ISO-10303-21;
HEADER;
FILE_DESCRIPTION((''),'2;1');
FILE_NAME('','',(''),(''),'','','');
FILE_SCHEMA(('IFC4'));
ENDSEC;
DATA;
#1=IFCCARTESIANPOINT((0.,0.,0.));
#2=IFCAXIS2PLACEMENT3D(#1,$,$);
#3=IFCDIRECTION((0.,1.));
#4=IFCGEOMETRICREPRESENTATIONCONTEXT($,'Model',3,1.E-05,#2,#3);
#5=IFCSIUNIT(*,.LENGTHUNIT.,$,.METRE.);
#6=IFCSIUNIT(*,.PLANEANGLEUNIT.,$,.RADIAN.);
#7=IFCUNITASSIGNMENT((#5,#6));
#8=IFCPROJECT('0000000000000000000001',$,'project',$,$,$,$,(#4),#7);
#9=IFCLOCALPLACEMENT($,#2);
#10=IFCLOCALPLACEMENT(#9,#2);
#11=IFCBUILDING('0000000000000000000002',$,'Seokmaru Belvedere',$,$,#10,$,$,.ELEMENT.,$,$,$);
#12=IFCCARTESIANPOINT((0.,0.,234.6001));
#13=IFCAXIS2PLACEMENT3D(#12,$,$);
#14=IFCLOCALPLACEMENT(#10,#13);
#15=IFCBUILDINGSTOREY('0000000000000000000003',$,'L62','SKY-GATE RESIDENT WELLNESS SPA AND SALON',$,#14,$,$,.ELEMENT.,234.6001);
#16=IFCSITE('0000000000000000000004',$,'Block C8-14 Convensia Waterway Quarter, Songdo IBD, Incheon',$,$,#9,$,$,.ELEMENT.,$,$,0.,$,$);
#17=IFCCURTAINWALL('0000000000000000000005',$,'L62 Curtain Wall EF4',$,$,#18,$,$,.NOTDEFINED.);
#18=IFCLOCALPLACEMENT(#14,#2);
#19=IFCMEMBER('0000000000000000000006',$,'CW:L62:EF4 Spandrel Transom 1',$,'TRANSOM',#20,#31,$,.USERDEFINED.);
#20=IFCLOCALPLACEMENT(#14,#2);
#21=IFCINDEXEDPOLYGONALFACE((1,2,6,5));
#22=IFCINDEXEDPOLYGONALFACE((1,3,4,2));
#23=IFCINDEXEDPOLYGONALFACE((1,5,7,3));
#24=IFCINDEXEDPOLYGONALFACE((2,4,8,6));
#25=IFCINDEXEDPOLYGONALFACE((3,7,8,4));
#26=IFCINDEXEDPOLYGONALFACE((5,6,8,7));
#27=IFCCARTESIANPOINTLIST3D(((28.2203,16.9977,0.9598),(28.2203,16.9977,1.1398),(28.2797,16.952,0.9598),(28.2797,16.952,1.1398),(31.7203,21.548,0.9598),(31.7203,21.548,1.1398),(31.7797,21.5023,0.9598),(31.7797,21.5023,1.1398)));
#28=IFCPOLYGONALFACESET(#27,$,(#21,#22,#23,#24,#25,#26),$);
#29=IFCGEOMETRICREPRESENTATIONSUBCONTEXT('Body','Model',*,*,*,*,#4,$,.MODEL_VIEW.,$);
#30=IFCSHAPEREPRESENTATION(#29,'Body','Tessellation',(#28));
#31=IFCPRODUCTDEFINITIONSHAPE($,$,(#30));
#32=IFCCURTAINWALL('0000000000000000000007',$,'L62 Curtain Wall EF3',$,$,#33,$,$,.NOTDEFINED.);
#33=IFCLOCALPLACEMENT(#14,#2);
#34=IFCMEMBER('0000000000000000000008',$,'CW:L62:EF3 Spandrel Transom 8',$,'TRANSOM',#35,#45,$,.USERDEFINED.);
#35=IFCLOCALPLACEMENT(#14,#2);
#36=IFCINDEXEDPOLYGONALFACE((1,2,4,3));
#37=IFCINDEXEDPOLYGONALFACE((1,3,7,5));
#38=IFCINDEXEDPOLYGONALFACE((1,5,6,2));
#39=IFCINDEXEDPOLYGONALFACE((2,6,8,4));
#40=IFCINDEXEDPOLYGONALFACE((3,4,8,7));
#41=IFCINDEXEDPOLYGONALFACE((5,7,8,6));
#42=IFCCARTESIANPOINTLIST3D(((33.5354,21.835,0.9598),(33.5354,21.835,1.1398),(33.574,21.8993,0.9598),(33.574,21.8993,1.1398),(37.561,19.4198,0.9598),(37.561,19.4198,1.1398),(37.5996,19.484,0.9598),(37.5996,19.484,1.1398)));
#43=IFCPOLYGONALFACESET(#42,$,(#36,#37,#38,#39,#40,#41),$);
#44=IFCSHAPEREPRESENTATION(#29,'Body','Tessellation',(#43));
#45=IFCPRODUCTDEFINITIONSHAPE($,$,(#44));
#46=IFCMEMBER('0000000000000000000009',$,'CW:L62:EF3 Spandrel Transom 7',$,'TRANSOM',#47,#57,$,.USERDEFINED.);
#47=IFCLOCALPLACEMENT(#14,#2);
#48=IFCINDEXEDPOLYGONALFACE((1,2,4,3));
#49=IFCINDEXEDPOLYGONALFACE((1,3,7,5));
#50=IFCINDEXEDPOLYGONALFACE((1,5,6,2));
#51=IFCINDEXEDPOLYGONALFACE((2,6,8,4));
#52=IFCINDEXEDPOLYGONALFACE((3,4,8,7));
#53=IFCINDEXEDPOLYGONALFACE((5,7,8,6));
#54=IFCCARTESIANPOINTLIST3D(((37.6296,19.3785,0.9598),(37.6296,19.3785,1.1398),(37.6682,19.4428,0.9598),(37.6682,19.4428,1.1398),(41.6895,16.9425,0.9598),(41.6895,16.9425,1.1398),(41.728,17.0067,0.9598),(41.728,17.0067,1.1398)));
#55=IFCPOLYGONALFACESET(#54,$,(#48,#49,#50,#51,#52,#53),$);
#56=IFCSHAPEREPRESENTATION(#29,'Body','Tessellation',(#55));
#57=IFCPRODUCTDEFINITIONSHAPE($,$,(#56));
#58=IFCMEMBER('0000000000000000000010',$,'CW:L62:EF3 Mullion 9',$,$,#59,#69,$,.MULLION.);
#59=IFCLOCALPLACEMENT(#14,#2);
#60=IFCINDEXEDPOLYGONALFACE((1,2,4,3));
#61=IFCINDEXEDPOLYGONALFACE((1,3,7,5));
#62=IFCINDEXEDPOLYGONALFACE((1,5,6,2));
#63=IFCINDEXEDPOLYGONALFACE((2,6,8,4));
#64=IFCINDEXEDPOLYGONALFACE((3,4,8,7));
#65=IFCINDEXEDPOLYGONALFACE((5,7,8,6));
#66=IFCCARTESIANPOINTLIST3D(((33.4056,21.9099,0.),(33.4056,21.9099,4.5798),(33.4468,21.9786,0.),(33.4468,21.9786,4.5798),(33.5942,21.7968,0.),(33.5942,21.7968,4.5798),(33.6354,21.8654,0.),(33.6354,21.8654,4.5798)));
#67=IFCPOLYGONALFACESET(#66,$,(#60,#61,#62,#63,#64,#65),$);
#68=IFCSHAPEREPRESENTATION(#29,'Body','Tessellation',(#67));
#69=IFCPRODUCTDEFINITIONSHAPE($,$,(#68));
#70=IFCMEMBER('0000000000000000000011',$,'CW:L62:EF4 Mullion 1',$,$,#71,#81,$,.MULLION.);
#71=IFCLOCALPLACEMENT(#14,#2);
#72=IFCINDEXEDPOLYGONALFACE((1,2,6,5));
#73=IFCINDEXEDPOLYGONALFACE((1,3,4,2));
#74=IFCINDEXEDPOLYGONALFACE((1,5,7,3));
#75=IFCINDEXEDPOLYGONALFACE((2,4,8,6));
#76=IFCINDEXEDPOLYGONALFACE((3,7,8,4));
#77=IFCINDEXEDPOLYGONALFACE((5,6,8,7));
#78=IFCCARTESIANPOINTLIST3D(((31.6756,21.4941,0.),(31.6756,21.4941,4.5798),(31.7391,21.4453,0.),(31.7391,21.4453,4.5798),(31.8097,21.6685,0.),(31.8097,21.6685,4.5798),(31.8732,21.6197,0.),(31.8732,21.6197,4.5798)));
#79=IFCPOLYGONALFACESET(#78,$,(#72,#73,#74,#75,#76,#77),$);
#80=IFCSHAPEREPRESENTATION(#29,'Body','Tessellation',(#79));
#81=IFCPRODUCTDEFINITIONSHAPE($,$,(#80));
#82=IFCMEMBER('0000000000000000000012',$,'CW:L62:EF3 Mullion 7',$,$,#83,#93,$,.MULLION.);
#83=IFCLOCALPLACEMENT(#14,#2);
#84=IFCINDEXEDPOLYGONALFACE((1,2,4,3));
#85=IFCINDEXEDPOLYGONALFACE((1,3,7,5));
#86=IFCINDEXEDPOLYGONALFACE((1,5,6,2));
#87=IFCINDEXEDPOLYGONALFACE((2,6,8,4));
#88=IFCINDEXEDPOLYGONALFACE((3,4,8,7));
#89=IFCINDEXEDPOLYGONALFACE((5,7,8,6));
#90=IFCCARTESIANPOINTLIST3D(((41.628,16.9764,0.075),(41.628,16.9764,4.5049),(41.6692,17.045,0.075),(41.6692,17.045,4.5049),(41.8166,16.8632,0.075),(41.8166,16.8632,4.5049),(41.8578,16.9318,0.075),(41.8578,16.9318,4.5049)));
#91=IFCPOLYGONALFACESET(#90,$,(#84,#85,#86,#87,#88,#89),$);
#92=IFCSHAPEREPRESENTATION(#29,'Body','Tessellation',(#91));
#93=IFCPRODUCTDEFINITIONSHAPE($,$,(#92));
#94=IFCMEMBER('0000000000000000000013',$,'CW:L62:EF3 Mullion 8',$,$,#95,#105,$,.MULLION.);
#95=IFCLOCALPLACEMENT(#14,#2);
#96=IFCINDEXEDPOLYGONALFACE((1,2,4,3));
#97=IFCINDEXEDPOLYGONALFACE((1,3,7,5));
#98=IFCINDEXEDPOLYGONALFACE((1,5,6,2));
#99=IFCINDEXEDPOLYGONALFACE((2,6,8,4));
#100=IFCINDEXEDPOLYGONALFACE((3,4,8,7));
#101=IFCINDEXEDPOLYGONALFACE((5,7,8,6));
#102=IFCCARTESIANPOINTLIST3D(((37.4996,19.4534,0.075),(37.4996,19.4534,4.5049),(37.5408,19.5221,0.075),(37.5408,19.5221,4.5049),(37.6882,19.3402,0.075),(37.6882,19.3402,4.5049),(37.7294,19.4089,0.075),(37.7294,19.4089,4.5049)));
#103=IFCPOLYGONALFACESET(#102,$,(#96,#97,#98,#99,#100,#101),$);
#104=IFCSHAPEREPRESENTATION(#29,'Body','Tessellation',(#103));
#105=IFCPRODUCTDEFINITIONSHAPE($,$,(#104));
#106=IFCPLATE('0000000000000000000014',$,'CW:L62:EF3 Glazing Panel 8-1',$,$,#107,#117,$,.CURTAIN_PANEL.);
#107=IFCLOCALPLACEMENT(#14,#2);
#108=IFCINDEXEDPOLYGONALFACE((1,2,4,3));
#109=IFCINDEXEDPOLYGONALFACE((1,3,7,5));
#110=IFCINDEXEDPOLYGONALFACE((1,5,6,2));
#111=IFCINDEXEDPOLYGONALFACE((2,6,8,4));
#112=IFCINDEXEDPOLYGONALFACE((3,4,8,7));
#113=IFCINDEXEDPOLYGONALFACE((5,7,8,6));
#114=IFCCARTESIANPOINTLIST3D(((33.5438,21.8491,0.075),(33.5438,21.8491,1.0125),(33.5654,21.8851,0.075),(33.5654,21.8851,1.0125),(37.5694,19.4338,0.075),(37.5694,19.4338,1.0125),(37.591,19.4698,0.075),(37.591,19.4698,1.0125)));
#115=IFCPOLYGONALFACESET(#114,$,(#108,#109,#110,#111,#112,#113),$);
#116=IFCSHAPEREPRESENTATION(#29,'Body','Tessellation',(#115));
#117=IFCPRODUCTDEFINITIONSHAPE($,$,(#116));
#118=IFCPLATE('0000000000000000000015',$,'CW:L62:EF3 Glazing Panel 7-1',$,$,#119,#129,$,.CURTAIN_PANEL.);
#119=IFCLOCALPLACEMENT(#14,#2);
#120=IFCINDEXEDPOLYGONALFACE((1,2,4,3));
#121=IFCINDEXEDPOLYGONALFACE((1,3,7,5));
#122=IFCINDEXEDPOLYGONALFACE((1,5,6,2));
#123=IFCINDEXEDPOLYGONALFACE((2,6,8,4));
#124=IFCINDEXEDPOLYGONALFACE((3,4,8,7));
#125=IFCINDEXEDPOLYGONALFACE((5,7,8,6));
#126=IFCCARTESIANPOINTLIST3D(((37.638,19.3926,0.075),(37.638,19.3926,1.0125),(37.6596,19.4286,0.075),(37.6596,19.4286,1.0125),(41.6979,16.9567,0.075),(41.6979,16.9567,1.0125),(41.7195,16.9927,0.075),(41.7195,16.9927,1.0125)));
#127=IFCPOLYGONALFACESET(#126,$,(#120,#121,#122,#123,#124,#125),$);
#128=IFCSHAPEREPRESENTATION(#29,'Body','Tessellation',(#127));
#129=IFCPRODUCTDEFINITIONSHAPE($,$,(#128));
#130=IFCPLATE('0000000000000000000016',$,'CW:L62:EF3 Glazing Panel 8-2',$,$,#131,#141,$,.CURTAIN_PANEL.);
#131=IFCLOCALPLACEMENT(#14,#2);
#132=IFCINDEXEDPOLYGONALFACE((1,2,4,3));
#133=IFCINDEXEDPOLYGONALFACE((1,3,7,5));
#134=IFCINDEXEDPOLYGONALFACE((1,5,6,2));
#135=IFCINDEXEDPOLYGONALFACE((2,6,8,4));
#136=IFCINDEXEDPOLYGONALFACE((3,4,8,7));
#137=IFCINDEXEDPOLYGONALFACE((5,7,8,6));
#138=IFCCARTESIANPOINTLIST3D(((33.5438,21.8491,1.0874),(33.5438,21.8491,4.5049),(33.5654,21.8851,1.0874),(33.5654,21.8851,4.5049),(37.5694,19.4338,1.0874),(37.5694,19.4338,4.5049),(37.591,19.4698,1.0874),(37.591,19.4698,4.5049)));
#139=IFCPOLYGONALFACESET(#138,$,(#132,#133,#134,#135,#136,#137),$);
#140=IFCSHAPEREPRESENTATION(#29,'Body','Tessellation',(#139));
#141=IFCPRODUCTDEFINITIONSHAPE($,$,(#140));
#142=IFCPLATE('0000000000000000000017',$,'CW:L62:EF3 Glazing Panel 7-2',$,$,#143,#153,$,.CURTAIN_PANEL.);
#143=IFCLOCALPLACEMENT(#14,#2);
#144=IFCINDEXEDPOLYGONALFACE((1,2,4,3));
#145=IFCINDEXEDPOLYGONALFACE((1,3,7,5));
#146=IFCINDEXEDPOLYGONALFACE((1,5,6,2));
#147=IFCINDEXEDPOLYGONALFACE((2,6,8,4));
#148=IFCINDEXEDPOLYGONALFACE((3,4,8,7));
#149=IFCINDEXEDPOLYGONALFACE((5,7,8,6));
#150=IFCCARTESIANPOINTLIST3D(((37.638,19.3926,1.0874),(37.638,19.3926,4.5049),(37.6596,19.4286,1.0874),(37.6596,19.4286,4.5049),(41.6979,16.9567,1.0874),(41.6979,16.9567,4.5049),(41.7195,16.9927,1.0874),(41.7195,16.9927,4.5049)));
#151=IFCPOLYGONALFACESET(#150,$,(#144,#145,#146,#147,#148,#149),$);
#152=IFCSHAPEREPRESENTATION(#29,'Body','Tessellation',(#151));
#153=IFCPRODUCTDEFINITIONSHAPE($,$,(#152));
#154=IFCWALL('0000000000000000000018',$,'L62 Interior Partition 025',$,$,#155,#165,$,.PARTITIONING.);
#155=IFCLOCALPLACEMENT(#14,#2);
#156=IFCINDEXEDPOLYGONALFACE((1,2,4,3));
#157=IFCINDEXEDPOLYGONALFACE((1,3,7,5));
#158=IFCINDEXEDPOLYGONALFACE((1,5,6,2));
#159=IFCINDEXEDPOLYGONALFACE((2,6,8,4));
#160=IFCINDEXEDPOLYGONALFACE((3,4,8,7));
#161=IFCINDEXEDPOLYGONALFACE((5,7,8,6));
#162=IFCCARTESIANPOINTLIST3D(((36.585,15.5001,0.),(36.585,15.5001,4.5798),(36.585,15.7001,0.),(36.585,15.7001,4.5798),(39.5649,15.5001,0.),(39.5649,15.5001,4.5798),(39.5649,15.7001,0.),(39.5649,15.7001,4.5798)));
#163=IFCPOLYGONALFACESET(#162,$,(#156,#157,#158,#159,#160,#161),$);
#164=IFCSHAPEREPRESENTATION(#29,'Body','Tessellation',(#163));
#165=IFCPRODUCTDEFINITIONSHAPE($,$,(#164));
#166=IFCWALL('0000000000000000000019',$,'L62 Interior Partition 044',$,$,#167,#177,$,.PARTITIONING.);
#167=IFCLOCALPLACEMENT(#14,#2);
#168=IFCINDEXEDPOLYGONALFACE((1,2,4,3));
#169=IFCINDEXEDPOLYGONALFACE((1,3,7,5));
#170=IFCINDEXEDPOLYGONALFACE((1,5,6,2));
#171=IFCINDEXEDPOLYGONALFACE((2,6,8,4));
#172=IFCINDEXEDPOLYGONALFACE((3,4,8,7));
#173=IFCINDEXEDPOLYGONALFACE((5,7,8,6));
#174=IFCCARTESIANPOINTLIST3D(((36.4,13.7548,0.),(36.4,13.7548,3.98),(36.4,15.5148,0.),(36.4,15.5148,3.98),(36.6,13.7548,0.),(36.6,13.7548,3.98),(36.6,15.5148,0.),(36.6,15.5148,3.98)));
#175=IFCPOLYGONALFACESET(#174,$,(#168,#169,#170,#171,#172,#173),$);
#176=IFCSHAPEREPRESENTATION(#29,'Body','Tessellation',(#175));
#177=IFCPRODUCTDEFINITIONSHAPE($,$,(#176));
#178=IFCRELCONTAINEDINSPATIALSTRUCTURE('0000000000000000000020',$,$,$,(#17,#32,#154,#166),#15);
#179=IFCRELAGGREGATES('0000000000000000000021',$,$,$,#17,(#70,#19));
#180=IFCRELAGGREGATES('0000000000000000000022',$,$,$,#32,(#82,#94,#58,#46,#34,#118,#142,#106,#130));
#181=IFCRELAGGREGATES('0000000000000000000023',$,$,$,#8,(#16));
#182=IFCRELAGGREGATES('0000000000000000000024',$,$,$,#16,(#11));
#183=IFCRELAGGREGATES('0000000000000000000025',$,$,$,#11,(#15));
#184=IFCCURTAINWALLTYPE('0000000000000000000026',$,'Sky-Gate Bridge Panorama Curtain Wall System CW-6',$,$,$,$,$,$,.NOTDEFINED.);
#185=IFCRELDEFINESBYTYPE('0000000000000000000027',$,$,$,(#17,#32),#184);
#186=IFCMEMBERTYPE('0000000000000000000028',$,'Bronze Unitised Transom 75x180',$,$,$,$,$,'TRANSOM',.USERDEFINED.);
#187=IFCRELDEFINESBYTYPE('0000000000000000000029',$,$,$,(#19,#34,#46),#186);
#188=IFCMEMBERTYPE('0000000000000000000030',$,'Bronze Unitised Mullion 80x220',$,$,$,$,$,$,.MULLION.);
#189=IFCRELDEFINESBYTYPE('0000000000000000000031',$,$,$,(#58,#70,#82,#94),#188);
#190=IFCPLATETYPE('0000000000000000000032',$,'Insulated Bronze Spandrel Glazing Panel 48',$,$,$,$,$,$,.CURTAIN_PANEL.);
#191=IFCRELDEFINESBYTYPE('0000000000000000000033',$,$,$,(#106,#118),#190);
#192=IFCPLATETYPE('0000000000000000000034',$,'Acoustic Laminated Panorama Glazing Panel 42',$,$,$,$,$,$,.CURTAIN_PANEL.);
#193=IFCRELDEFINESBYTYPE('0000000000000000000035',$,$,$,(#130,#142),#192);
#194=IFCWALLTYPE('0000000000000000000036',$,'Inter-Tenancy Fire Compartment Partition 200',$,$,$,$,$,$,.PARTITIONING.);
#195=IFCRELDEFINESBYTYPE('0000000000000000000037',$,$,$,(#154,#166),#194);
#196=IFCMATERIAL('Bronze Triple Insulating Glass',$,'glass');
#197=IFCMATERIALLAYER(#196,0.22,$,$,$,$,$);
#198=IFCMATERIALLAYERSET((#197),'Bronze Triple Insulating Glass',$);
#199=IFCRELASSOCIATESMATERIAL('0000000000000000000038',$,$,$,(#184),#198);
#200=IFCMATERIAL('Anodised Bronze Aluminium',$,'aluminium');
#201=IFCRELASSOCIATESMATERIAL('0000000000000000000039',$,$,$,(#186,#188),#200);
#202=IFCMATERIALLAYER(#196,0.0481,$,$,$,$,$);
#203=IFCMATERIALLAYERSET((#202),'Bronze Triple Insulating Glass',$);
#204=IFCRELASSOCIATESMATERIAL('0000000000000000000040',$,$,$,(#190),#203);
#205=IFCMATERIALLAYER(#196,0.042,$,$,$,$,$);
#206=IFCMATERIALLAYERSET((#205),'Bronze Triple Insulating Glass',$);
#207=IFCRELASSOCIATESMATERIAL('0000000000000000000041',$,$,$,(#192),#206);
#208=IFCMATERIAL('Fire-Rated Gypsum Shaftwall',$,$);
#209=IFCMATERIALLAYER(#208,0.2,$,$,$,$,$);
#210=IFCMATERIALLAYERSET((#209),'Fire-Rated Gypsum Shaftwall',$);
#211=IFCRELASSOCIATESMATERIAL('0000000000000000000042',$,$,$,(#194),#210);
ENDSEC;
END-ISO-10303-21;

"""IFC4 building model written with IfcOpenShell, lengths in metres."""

from ifc_helpers import new_model, si_unit, direction, frame, frame_2d, origin, origin_2d, place, context, subcontext, project, spatial, rectangle, extrude, source, transform, mapped, material, layer, layer_set, material_profile, profile_set, type_object, type_shapes, element, aggregate, save


model = new_model("IFC4")

# Units and contexts
model_context = context("Model", 3, precision=1e-05, world=origin(), true_north=direction((0.0, 1.0)))
body_context = subcontext(model_context, "Body", "Model", "MODEL_VIEW")
ifc_project = project(units=[si_unit("LENGTHUNIT", "METRE"), si_unit("PLANEANGLEUNIT", "RADIAN")], contexts=[model_context])

# Site, building, storey
site_placement = place(None, origin())
site = spatial("IfcSite", under=ifc_project, at=site_placement, Name="Block C8-14 Convensia Waterway Quarter, Songdo IBD, Incheon", CompositionType="ELEMENT", RefElevation=0.0)
building_placement = place(site_placement, origin())
building = spatial("IfcBuilding", under=site, at=building_placement, Name="Seokmaru Belvedere", CompositionType="ELEMENT")
storey_placement = place(building_placement, frame((0.0, 0.0, 234.6001)))
storey = spatial("IfcBuildingStorey", under=building, at=storey_placement, Name="L62", Description="SKY-GATE RESIDENT WELLNESS SPA AND SALON", CompositionType="ELEMENT", Elevation=234.6001)

# Curtain walls, members
ifc_material_1 = material(Name="Bronze Triple Insulating Glass", Category="glass")
ifc_layer_1 = layer(ifc_material_1, 0.22)
ifc_layer_set_1 = layer_set([ifc_layer_1], Name="Bronze Triple Insulating Glass")
curtain_wall_type = type_object("IfcCurtainWallType", Name="Sky-Gate Bridge Panorama Curtain Wall System CW-6", PredefinedType="NOTDEFINED", material=ifc_layer_set_1)
curtain_wall_1_placement = place(storey_placement, origin())
curtain_wall_1 = element("IfcCurtainWall", 1, at=curtain_wall_1_placement, inside=storey, type_object=curtain_wall_type, Name="L62 Curtain Wall EF4", PredefinedType="NOTDEFINED")
ifc_material_2 = material(Name="Anodised Bronze Aluminium", Category="aluminium")
ifc_material_profile_1 = material_profile(ifc_material_2, rectangle(XDim=0.075, YDim=0.1799, at=origin_2d()), Name="CW-T-75x180")
ifc_profile_set_1 = profile_set([ifc_material_profile_1], Name="Anodised Bronze Aluminium")
member_type_1 = type_object("IfcMemberType", Name="Bronze Unitised Transom 75x180", ElementType="TRANSOM", PredefinedType="USERDEFINED", material=ifc_profile_set_1)
shared_shape_1 = source(origin(), body_context, "Body", "SweptSolid", [
    extrude(rectangle(XDim=0.075, YDim=0.1799, at=origin_2d()), origin(), (0.0, 0.0, 1.0), 5.7407),
])
member_1_placement = place(storey_placement, frame((31.75, 21.5251, 1.0498), z_axis=(-0.609686, -0.792643, 0.0), x_axis=(0.792643, -0.609686, 0.0)))
member_1 = element("IfcMember", 2, at=member_1_placement, type_object=member_type_1, Name="CW:L62:EF4 Spandrel Transom 1", ObjectType="TRANSOM", PredefinedType="USERDEFINED", context=body_context, shape_type="MappedRepresentation", body=[
    mapped(shared_shape_1, transform((0.0, 0.0, 0.0), scale=1.0)),
])
curtain_wall_2_placement = place(storey_placement, origin())
curtain_wall_2 = element("IfcCurtainWall", 3, at=curtain_wall_2_placement, inside=storey, type_object=curtain_wall_type, Name="L62 Curtain Wall EF3", PredefinedType="NOTDEFINED")
shared_shape_2 = source(origin(), body_context, "Body", "SweptSolid", [
    extrude(rectangle(XDim=0.075, YDim=0.1799, at=origin_2d()), origin(), (0.0, 0.0, 1.0), 4.6946),
])
member_2_placement = place(storey_placement, frame((37.5803, 19.4519, 1.0498), z_axis=(-0.857502, 0.51448, 0.0), x_axis=(-0.51448, -0.857502, 0.0)))
member_2 = element("IfcMember", 4, at=member_2_placement, type_object=member_type_1, Name="CW:L62:EF3 Spandrel Transom 8", ObjectType="TRANSOM", PredefinedType="USERDEFINED", context=body_context, shape_type="MappedRepresentation", body=[
    mapped(shared_shape_2, transform((0.0, 0.0, 0.0), scale=1.0)),
])
shared_shape_3 = source(origin(), body_context, "Body", "SweptSolid", [
    extrude(rectangle(XDim=0.075, YDim=0.1799, at=origin_2d()), origin(), (0.0, 0.0, 1.0), 4.7346),
])
type_shapes(member_type_1, [shared_shape_1, shared_shape_2, shared_shape_3])
member_3_placement = place(storey_placement, frame((41.7087, 16.9746, 1.0498), z_axis=(-0.857479, 0.514519, 0.0), x_axis=(-0.514519, -0.857479, 0.0)))
member_3 = element("IfcMember", 5, at=member_3_placement, type_object=member_type_1, Name="CW:L62:EF3 Spandrel Transom 7", ObjectType="TRANSOM", PredefinedType="USERDEFINED", context=body_context, shape_type="MappedRepresentation", body=[
    mapped(shared_shape_3, transform((0.0, 0.0, 0.0), scale=1.0)),
])
ifc_material_profile_2 = material_profile(ifc_material_2, rectangle(XDim=0.0801, YDim=0.22, at=origin_2d()), Name="CW-M-80x220")
ifc_profile_set_2 = profile_set([ifc_material_profile_2], Name="Anodised Bronze Aluminium")
member_type_2 = type_object("IfcMemberType", Name="Bronze Unitised Mullion 80x220", PredefinedType="MULLION", material=ifc_profile_set_2)
shared_shape_4 = source(origin(), body_context, "Body", "SweptSolid", [
    extrude(rectangle(XDim=0.0801, YDim=0.22, at=origin_2d()), origin(), (0.0, 0.0, 1.0), 4.5798),
])
member_4_placement = place(storey_placement, frame((33.5205, 21.8877, 0.0), z_axis=(0.0, 0.0, 1.0), x_axis=(-0.514495, -0.857493, 0.0)))
member_4 = element("IfcMember", 6, at=member_4_placement, type_object=member_type_2, Name="CW:L62:EF3 Mullion 9", PredefinedType="MULLION", context=body_context, shape_type="MappedRepresentation", body=[
    mapped(shared_shape_4, transform((0.0, 0.0, 0.0), scale=1.0)),
])

# Members
member_5_placement = place(storey_placement, frame((31.7744, 21.5569, 0.0), z_axis=(0.0, 0.0, 1.0), x_axis=(0.792631, -0.609701, 0.0)))
member_5 = element("IfcMember", 7, at=member_5_placement, type_object=member_type_2, Name="CW:L62:EF4 Mullion 1", PredefinedType="MULLION", context=body_context, shape_type="MappedRepresentation", body=[
    mapped(shared_shape_4, transform((0.0, 0.0, 0.0), scale=1.0)),
])
aggregate(curtain_wall_1, [member_5, member_1])
shared_shape_5 = source(origin(), body_context, "Body", "SweptSolid", [
    extrude(rectangle(XDim=0.0801, YDim=0.22, at=origin_2d()), origin(), (0.0, 0.0, 1.0), 4.4299),
])
type_shapes(member_type_2, [shared_shape_4, shared_shape_5])
member_6_placement = place(storey_placement, frame((41.7429, 16.9541, 0.075), z_axis=(0.0, 0.0, 1.0), x_axis=(-0.514495, -0.857493, 0.0)))
member_6 = element("IfcMember", 8, at=member_6_placement, type_object=member_type_2, Name="CW:L62:EF3 Mullion 7", PredefinedType="MULLION", context=body_context, shape_type="MappedRepresentation", body=[
    mapped(shared_shape_5, transform((0.0, 0.0, 0.0), scale=1.0)),
])
member_7_placement = place(storey_placement, frame((37.6145, 19.4312, 0.075), z_axis=(0.0, 0.0, 1.0), x_axis=(-0.514495, -0.857493, 0.0)))
member_7 = element("IfcMember", 9, at=member_7_placement, type_object=member_type_2, Name="CW:L62:EF3 Mullion 8", PredefinedType="MULLION", context=body_context, shape_type="MappedRepresentation", body=[
    mapped(shared_shape_5, transform((0.0, 0.0, 0.0), scale=1.0)),
])

# Plates
ifc_layer_2 = layer(ifc_material_1, 0.0481)
ifc_layer_set_2 = layer_set([ifc_layer_2], Name="Bronze Triple Insulating Glass")
plate_type_1 = type_object("IfcPlateType", Name="Insulated Bronze Spandrel Glazing Panel 48", PredefinedType="CURTAIN_PANEL", material=ifc_layer_set_2)
shared_shape_6 = source(origin(), body_context, "Body", "SweptSolid", [
    extrude(rectangle(XDim=4.6946, YDim=0.042, at=origin_2d()), origin(), (0.0, 0.0, 1.0), 0.9375),
])
plate_1_placement = place(storey_placement, frame((35.5674, 20.6594, 0.075), z_axis=(0.0, 0.0, 1.0), x_axis=(-0.857493, 0.514495, 0.0)))
plate_1 = element("IfcPlate", 10, at=plate_1_placement, type_object=plate_type_1, Name="CW:L62:EF3 Glazing Panel 8-1", PredefinedType="CURTAIN_PANEL", context=body_context, shape_type="MappedRepresentation", body=[
    mapped(shared_shape_6, transform((0.0, 0.0, 0.0), scale=1.0)),
])
shared_shape_7 = source(origin(), body_context, "Body", "SweptSolid", [
    extrude(rectangle(XDim=4.7346, YDim=0.042, at=origin_2d()), origin(), (0.0, 0.0, 1.0), 0.9375),
])
type_shapes(plate_type_1, [shared_shape_6, shared_shape_7])
plate_2_placement = place(storey_placement, frame((39.6787, 18.1926, 0.075), z_axis=(0.0, 0.0, 1.0), x_axis=(-0.857493, 0.514495, 0.0)))
plate_2 = element("IfcPlate", 11, at=plate_2_placement, type_object=plate_type_1, Name="CW:L62:EF3 Glazing Panel 7-1", PredefinedType="CURTAIN_PANEL", context=body_context, shape_type="MappedRepresentation", body=[
    mapped(shared_shape_7, transform((0.0, 0.0, 0.0), scale=1.0)),
])
ifc_layer_3 = layer(ifc_material_1, 0.042)
ifc_layer_set_3 = layer_set([ifc_layer_3], Name="Bronze Triple Insulating Glass")
plate_type_2 = type_object("IfcPlateType", Name="Acoustic Laminated Panorama Glazing Panel 42", PredefinedType="CURTAIN_PANEL", material=ifc_layer_set_3)
shared_shape_8 = source(origin(), body_context, "Body", "SweptSolid", [
    extrude(rectangle(XDim=4.6946, YDim=0.042, at=origin_2d()), origin(), (0.0, 0.0, 1.0), 3.4175),
])
plate_3_placement = place(storey_placement, frame((35.5674, 20.6594, 1.0874), z_axis=(0.0, 0.0, 1.0), x_axis=(-0.857493, 0.514495, 0.0)))
plate_3 = element("IfcPlate", 12, at=plate_3_placement, type_object=plate_type_2, Name="CW:L62:EF3 Glazing Panel 8-2", PredefinedType="CURTAIN_PANEL", context=body_context, shape_type="MappedRepresentation", body=[
    mapped(shared_shape_8, transform((0.0, 0.0, 0.0), scale=1.0)),
])
shared_shape_9 = source(origin(), body_context, "Body", "SweptSolid", [
    extrude(rectangle(XDim=4.7346, YDim=0.042, at=origin_2d()), origin(), (0.0, 0.0, 1.0), 3.4175),
])
type_shapes(plate_type_2, [shared_shape_8, shared_shape_9])
plate_4_placement = place(storey_placement, frame((39.6787, 18.1926, 1.0874), z_axis=(0.0, 0.0, 1.0), x_axis=(-0.857493, 0.514495, 0.0)))
plate_4 = element("IfcPlate", 13, at=plate_4_placement, type_object=plate_type_2, Name="CW:L62:EF3 Glazing Panel 7-2", PredefinedType="CURTAIN_PANEL", context=body_context, shape_type="MappedRepresentation", body=[
    mapped(shared_shape_9, transform((0.0, 0.0, 0.0), scale=1.0)),
])
aggregate(curtain_wall_2, [member_6, member_7, member_4, member_3, member_2, plate_2, plate_4, plate_1, plate_3])

# Walls
ifc_material_3 = material(Name="Fire-Rated Gypsum Shaftwall")
ifc_layer_4 = layer(ifc_material_3, 0.2)
ifc_layer_set_4 = layer_set([ifc_layer_4], Name="Fire-Rated Gypsum Shaftwall")
wall_type_1 = type_object("IfcWallType", Name="Inter-Tenancy Fire Compartment Partition 200", PredefinedType="PARTITIONING", material=ifc_layer_set_4)
wall_1_placement = place(storey_placement, frame((36.585, 15.6001, 0.0), z_axis=(0.0, 0.0, 1.0), x_axis=(1.0, 0.0, 0.0)))
element("IfcWall", 14, at=wall_1_placement, inside=storey, type_object=wall_type_1, Name="L62 Interior Partition 025", PredefinedType="PARTITIONING", context=body_context, shape_type="SweptSolid", body=[
    extrude(rectangle(XDim=2.98, YDim=0.2, at=frame_2d((1.49, 0.0))), origin(), (0.0, 0.0, 1.0), 4.5798),
])
wall_2_placement = place(storey_placement, frame((36.5, 13.7549, 0.0), z_axis=(0.0, 0.0, 1.0), x_axis=(0.0, 1.0, 0.0)))
element("IfcWall", 15, at=wall_2_placement, inside=storey, type_object=wall_type_1, Name="L62 Interior Partition 044", PredefinedType="PARTITIONING", context=body_context, shape_type="SweptSolid", body=[
    extrude(rectangle(XDim=1.76, YDim=0.2, at=frame_2d((0.8799, 0.0))), origin(), (0.0, 0.0, 1.0), 3.98),
])

save(model, "model.ifc")
